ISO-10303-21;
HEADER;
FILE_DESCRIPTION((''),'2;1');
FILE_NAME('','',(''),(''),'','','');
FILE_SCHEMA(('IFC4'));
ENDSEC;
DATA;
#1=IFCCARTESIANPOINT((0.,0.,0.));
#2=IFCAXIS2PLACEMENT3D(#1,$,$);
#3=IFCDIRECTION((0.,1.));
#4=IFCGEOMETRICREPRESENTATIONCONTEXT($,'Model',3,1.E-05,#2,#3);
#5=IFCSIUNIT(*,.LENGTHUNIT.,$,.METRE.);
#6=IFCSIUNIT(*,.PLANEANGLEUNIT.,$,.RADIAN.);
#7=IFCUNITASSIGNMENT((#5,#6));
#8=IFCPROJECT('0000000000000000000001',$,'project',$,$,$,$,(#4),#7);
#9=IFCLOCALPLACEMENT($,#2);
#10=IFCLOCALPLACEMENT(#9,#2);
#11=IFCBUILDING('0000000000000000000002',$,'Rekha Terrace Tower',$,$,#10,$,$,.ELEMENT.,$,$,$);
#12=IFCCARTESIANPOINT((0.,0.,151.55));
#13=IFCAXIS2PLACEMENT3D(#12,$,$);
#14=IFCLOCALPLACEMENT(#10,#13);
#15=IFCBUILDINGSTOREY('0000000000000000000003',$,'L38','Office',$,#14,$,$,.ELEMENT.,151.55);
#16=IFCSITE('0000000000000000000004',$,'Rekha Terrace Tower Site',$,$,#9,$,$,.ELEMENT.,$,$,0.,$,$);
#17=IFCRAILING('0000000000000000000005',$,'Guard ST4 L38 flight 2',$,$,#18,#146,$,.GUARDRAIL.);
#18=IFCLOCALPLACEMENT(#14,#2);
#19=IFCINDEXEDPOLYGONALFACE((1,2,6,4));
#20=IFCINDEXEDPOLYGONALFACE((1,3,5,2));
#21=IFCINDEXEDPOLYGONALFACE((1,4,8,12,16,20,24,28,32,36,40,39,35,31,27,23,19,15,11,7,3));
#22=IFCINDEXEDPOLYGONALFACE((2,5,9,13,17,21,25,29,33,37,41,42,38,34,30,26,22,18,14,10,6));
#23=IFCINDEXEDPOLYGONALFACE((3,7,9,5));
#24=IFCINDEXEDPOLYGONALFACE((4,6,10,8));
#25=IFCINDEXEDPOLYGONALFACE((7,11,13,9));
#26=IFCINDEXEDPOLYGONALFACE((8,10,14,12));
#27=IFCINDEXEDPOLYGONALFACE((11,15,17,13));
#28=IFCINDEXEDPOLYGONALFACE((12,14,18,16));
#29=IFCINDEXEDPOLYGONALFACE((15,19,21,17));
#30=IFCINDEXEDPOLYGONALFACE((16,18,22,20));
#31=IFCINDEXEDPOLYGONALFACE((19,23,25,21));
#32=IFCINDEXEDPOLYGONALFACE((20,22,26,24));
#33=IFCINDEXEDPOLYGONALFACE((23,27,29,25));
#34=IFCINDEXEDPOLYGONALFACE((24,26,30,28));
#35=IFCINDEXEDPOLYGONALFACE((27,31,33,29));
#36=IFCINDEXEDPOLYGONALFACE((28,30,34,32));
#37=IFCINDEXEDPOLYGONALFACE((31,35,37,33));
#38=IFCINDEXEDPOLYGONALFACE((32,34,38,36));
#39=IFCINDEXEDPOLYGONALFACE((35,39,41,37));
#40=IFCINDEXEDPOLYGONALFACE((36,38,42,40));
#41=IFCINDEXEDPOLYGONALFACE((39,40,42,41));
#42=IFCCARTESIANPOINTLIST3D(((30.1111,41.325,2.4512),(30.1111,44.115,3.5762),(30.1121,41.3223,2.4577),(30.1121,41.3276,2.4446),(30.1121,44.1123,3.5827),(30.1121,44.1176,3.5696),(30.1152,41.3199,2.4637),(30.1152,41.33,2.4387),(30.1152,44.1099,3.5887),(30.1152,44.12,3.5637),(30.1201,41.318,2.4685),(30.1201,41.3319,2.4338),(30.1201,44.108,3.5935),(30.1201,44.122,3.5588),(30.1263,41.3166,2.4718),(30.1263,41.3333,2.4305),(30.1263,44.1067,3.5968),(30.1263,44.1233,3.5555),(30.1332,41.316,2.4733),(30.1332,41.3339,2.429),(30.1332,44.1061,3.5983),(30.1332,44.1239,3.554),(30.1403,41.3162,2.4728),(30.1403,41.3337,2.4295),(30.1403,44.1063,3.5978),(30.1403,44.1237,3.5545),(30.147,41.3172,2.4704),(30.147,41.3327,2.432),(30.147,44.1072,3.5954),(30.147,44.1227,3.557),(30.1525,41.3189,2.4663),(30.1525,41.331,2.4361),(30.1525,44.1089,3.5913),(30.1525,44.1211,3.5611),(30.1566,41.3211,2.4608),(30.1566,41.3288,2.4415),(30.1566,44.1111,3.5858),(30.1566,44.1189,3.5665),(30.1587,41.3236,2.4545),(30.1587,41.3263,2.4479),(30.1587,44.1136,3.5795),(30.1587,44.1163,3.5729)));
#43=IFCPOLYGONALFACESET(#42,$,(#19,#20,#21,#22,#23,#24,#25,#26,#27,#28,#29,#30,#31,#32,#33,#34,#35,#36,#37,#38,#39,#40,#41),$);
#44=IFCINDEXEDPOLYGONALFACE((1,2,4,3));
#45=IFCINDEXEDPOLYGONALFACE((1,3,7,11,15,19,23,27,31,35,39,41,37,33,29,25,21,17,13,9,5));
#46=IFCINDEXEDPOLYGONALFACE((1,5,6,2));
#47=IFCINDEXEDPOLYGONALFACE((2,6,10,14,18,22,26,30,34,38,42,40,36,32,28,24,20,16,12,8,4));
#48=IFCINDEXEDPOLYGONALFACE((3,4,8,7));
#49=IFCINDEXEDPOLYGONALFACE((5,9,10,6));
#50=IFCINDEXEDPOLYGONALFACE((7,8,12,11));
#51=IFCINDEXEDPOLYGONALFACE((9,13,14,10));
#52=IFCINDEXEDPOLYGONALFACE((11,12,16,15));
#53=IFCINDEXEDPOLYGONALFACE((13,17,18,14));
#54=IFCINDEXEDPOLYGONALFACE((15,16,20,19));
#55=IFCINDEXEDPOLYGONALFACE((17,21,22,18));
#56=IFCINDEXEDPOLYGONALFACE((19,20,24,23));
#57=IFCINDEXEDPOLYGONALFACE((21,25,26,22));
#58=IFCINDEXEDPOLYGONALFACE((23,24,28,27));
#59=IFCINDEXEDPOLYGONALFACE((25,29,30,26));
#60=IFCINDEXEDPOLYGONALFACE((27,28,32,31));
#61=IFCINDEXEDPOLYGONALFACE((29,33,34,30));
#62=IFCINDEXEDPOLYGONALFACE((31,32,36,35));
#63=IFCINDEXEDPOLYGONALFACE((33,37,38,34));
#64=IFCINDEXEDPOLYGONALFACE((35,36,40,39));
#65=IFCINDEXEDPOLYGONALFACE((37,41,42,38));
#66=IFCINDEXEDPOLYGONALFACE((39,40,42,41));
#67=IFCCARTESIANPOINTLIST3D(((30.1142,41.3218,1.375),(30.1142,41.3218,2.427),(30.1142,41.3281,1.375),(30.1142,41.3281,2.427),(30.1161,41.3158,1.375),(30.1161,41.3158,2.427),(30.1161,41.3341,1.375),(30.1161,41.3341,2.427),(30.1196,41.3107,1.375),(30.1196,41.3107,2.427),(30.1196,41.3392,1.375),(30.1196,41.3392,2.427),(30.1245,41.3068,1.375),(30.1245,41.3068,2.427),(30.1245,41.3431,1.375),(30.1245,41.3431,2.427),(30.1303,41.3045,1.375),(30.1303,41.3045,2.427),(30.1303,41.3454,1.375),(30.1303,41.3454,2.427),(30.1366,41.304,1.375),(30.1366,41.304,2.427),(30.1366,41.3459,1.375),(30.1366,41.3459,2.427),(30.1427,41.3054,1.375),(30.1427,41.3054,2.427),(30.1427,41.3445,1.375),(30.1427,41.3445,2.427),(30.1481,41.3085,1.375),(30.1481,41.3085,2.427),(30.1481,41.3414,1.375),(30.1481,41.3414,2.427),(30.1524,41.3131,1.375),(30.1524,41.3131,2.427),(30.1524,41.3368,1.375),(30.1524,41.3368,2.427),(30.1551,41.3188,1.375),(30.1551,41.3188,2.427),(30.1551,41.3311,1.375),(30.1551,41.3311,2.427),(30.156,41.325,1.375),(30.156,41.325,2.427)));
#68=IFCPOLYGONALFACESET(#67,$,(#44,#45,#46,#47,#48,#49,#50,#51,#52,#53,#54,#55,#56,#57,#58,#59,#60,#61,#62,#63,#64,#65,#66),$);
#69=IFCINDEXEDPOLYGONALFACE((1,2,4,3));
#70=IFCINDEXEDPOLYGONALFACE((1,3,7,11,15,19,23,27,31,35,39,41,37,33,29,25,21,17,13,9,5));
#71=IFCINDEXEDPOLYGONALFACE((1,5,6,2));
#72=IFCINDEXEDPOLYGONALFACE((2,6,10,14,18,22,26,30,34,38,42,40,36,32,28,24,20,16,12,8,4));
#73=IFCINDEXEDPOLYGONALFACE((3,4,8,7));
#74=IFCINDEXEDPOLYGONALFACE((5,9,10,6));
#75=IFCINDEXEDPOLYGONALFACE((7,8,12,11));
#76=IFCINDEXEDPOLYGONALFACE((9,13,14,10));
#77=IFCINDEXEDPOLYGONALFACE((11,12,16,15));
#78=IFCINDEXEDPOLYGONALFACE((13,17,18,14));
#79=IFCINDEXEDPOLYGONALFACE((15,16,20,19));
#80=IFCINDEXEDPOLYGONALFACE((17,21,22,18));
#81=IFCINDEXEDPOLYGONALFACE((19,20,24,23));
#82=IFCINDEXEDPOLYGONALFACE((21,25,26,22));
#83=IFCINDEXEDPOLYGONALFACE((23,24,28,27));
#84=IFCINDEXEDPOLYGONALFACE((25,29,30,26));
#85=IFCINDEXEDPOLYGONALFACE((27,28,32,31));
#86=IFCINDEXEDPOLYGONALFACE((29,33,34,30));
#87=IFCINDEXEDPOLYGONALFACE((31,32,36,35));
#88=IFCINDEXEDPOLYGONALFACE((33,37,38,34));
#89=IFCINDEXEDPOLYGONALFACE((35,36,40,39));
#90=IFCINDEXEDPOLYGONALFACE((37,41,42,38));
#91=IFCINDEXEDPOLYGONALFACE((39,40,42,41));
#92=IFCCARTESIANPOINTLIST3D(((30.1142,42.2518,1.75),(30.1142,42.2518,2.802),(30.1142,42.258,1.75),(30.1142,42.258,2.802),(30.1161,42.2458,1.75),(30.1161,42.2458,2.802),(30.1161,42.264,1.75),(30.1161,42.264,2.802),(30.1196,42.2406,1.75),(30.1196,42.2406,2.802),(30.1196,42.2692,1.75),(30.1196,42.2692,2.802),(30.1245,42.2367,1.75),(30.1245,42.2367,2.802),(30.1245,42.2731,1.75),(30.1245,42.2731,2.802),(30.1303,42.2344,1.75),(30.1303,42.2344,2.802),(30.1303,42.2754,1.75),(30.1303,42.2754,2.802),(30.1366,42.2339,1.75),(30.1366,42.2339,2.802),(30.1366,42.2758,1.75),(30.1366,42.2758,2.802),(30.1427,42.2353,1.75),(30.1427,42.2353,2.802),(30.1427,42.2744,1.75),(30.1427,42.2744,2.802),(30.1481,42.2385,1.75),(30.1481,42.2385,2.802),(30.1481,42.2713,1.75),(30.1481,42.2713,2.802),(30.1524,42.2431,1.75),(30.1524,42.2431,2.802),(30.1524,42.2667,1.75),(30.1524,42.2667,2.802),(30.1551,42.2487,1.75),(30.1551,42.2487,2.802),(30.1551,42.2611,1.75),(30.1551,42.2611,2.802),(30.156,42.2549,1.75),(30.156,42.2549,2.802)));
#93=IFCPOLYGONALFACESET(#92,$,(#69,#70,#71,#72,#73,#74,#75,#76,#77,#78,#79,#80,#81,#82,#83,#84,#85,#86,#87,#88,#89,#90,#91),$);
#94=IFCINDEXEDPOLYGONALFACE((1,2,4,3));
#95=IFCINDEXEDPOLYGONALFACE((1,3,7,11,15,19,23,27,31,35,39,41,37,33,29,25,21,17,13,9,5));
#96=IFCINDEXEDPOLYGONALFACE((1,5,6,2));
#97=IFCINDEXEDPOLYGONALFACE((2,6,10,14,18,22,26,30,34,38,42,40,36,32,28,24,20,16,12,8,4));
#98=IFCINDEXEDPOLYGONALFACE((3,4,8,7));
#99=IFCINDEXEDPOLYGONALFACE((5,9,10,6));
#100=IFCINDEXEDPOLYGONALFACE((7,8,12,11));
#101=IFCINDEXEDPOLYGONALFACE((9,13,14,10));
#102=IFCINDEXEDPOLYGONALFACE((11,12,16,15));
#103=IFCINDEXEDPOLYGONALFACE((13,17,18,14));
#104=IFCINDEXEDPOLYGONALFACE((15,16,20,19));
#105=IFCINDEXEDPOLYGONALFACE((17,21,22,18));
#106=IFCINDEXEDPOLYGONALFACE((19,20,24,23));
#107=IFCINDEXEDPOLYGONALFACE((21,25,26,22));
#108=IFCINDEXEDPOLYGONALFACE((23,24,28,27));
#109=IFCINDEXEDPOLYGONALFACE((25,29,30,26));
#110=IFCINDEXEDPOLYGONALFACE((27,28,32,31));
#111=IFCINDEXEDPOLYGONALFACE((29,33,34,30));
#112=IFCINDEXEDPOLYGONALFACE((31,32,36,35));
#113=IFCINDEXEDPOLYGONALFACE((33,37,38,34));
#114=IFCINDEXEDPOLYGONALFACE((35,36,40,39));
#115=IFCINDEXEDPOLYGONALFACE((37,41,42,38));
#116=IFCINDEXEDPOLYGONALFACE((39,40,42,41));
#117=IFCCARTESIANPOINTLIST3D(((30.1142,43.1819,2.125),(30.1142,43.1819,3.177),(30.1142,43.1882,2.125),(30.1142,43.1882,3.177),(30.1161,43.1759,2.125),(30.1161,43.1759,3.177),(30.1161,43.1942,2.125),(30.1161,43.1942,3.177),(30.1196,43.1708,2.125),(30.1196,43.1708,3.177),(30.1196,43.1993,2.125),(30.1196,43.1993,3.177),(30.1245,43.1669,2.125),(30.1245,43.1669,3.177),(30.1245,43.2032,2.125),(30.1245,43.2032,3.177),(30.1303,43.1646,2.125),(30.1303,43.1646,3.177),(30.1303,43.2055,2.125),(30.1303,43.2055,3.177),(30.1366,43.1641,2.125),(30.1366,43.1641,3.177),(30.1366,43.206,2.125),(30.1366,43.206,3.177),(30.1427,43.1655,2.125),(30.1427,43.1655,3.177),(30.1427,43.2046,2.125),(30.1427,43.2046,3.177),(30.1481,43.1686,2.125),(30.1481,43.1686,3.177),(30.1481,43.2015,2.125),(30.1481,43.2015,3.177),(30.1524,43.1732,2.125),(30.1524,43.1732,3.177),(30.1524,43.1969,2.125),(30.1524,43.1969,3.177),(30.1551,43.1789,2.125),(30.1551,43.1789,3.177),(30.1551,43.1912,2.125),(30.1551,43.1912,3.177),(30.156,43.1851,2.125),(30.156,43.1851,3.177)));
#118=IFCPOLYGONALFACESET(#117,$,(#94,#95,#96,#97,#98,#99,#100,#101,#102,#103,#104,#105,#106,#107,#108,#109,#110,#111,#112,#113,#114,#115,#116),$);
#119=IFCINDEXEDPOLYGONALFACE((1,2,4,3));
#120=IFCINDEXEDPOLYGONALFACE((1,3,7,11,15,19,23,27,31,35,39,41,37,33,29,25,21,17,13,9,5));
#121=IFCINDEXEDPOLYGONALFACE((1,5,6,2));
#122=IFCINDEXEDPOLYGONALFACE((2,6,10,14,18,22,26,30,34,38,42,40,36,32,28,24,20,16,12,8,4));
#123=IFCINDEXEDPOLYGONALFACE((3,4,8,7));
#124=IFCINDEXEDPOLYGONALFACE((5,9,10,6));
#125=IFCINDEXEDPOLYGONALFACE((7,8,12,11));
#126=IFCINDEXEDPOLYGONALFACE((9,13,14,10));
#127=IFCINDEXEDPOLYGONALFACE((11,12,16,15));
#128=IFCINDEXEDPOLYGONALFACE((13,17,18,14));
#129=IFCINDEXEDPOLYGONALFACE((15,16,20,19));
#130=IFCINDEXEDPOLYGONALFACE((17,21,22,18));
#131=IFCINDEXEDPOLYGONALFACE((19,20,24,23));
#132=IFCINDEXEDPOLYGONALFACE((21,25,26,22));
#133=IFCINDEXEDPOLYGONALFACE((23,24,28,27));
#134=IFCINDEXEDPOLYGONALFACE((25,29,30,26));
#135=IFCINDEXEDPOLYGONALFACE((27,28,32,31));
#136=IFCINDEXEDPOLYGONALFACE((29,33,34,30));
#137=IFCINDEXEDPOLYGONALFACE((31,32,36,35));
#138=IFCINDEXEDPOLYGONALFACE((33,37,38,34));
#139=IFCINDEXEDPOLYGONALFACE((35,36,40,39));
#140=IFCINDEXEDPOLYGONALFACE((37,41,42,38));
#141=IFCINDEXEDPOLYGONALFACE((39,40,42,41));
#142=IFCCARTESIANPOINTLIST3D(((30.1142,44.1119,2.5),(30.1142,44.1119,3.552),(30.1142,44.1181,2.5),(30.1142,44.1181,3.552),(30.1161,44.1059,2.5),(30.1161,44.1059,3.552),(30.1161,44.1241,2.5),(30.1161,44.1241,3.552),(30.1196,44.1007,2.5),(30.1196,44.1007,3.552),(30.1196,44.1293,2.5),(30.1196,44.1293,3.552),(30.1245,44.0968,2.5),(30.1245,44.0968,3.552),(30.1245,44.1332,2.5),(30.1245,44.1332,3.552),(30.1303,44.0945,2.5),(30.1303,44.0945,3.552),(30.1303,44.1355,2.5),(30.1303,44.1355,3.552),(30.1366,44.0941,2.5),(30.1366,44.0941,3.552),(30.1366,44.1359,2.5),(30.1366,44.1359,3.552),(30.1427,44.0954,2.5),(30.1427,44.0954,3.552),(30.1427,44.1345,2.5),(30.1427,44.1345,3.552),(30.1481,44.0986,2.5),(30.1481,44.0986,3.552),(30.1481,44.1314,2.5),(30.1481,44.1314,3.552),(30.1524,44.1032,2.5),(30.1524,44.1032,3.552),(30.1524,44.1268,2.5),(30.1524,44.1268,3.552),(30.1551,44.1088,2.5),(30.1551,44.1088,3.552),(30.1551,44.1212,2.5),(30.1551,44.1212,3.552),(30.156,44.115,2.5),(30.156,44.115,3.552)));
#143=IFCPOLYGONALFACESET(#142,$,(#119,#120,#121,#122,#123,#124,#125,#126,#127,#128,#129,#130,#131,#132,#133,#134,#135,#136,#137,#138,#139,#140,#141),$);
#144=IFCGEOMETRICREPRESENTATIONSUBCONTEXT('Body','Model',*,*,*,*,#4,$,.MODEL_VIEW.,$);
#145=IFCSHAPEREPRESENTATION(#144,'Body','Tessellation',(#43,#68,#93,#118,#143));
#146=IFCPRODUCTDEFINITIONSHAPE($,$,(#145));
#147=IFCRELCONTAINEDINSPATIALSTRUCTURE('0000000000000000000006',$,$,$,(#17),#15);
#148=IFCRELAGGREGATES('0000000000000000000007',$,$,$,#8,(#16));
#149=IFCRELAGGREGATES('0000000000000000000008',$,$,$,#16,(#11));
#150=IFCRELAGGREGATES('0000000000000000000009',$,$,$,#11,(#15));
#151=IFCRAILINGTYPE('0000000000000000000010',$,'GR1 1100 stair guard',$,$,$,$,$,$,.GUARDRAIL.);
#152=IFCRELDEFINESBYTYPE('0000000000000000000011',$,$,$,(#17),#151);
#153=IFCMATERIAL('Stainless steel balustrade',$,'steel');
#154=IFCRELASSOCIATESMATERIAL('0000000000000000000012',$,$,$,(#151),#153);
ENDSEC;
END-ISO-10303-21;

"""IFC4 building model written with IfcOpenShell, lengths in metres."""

from ifc_helpers import new_model, si_unit, direction, frame, origin, origin_2d, place, context, subcontext, project, spatial, circle, extrude, material, type_object, element, save


model = new_model("IFC4")

# Units and contexts
model_context = context("Model", 3, precision=1e-05, world=origin(), true_north=direction((0.0, 1.0)))
body_context = subcontext(model_context, "Body", "Model", "MODEL_VIEW")
ifc_project = project(units=[si_unit("LENGTHUNIT", "METRE"), si_unit("PLANEANGLEUNIT", "RADIAN")], contexts=[model_context])

# Site, building, storey
site_placement = place(None, origin())
site = spatial("IfcSite", under=ifc_project, at=site_placement, Name="Rekha Terrace Tower Site", CompositionType="ELEMENT", RefElevation=0.0)
building_placement = place(site_placement, origin())
building = spatial("IfcBuilding", under=site, at=building_placement, Name="Rekha Terrace Tower", CompositionType="ELEMENT")
storey_placement = place(building_placement, frame((0.0, 0.0, 151.55)))
storey = spatial("IfcBuildingStorey", under=building, at=storey_placement, Name="L38", Description="Office", CompositionType="ELEMENT", Elevation=151.55)

# Railing
ifc_material_1 = material(Name="Stainless steel balustrade", Category="steel")
railing_type_1 = type_object("IfcRailingType", Name="GR1 1100 stair guard", PredefinedType="GUARDRAIL", material=ifc_material_1)
railing_1_placement = place(storey_placement, frame((30.135, 41.325, 1.375)))
element("IfcRailing", 1, at=railing_1_placement, inside=storey, type_object=railing_type_1, Name="Guard ST4 L38 flight 2", PredefinedType="GUARDRAIL", context=body_context, shape_type="SweptSolid", body=[
    extrude(circle(Radius=0.0239, at=origin_2d()), frame((0.0, 0.0, 1.0762), z_axis=(0.0, 0.927443, 0.373964), x_axis=(-1.0, 0.0, 0.0)), (0.0, 0.0, 1.0), 3.0083),
    extrude(circle(Radius=0.021, at=origin_2d()), origin(), (0.0, 0.0, 1.0), 1.052),
    extrude(circle(Radius=0.021, at=origin_2d()), frame((0.0, 0.9299, 0.375)), (0.0, 0.0, 1.0), 1.052),
    extrude(circle(Radius=0.021, at=origin_2d()), frame((0.0, 1.8601, 0.75)), (0.0, 0.0, 1.0), 1.052),
    extrude(circle(Radius=0.021, at=origin_2d()), frame((0.0, 2.79, 1.125)), (0.0, 0.0, 1.0), 1.052),
])

save(model, "model.ifc")
